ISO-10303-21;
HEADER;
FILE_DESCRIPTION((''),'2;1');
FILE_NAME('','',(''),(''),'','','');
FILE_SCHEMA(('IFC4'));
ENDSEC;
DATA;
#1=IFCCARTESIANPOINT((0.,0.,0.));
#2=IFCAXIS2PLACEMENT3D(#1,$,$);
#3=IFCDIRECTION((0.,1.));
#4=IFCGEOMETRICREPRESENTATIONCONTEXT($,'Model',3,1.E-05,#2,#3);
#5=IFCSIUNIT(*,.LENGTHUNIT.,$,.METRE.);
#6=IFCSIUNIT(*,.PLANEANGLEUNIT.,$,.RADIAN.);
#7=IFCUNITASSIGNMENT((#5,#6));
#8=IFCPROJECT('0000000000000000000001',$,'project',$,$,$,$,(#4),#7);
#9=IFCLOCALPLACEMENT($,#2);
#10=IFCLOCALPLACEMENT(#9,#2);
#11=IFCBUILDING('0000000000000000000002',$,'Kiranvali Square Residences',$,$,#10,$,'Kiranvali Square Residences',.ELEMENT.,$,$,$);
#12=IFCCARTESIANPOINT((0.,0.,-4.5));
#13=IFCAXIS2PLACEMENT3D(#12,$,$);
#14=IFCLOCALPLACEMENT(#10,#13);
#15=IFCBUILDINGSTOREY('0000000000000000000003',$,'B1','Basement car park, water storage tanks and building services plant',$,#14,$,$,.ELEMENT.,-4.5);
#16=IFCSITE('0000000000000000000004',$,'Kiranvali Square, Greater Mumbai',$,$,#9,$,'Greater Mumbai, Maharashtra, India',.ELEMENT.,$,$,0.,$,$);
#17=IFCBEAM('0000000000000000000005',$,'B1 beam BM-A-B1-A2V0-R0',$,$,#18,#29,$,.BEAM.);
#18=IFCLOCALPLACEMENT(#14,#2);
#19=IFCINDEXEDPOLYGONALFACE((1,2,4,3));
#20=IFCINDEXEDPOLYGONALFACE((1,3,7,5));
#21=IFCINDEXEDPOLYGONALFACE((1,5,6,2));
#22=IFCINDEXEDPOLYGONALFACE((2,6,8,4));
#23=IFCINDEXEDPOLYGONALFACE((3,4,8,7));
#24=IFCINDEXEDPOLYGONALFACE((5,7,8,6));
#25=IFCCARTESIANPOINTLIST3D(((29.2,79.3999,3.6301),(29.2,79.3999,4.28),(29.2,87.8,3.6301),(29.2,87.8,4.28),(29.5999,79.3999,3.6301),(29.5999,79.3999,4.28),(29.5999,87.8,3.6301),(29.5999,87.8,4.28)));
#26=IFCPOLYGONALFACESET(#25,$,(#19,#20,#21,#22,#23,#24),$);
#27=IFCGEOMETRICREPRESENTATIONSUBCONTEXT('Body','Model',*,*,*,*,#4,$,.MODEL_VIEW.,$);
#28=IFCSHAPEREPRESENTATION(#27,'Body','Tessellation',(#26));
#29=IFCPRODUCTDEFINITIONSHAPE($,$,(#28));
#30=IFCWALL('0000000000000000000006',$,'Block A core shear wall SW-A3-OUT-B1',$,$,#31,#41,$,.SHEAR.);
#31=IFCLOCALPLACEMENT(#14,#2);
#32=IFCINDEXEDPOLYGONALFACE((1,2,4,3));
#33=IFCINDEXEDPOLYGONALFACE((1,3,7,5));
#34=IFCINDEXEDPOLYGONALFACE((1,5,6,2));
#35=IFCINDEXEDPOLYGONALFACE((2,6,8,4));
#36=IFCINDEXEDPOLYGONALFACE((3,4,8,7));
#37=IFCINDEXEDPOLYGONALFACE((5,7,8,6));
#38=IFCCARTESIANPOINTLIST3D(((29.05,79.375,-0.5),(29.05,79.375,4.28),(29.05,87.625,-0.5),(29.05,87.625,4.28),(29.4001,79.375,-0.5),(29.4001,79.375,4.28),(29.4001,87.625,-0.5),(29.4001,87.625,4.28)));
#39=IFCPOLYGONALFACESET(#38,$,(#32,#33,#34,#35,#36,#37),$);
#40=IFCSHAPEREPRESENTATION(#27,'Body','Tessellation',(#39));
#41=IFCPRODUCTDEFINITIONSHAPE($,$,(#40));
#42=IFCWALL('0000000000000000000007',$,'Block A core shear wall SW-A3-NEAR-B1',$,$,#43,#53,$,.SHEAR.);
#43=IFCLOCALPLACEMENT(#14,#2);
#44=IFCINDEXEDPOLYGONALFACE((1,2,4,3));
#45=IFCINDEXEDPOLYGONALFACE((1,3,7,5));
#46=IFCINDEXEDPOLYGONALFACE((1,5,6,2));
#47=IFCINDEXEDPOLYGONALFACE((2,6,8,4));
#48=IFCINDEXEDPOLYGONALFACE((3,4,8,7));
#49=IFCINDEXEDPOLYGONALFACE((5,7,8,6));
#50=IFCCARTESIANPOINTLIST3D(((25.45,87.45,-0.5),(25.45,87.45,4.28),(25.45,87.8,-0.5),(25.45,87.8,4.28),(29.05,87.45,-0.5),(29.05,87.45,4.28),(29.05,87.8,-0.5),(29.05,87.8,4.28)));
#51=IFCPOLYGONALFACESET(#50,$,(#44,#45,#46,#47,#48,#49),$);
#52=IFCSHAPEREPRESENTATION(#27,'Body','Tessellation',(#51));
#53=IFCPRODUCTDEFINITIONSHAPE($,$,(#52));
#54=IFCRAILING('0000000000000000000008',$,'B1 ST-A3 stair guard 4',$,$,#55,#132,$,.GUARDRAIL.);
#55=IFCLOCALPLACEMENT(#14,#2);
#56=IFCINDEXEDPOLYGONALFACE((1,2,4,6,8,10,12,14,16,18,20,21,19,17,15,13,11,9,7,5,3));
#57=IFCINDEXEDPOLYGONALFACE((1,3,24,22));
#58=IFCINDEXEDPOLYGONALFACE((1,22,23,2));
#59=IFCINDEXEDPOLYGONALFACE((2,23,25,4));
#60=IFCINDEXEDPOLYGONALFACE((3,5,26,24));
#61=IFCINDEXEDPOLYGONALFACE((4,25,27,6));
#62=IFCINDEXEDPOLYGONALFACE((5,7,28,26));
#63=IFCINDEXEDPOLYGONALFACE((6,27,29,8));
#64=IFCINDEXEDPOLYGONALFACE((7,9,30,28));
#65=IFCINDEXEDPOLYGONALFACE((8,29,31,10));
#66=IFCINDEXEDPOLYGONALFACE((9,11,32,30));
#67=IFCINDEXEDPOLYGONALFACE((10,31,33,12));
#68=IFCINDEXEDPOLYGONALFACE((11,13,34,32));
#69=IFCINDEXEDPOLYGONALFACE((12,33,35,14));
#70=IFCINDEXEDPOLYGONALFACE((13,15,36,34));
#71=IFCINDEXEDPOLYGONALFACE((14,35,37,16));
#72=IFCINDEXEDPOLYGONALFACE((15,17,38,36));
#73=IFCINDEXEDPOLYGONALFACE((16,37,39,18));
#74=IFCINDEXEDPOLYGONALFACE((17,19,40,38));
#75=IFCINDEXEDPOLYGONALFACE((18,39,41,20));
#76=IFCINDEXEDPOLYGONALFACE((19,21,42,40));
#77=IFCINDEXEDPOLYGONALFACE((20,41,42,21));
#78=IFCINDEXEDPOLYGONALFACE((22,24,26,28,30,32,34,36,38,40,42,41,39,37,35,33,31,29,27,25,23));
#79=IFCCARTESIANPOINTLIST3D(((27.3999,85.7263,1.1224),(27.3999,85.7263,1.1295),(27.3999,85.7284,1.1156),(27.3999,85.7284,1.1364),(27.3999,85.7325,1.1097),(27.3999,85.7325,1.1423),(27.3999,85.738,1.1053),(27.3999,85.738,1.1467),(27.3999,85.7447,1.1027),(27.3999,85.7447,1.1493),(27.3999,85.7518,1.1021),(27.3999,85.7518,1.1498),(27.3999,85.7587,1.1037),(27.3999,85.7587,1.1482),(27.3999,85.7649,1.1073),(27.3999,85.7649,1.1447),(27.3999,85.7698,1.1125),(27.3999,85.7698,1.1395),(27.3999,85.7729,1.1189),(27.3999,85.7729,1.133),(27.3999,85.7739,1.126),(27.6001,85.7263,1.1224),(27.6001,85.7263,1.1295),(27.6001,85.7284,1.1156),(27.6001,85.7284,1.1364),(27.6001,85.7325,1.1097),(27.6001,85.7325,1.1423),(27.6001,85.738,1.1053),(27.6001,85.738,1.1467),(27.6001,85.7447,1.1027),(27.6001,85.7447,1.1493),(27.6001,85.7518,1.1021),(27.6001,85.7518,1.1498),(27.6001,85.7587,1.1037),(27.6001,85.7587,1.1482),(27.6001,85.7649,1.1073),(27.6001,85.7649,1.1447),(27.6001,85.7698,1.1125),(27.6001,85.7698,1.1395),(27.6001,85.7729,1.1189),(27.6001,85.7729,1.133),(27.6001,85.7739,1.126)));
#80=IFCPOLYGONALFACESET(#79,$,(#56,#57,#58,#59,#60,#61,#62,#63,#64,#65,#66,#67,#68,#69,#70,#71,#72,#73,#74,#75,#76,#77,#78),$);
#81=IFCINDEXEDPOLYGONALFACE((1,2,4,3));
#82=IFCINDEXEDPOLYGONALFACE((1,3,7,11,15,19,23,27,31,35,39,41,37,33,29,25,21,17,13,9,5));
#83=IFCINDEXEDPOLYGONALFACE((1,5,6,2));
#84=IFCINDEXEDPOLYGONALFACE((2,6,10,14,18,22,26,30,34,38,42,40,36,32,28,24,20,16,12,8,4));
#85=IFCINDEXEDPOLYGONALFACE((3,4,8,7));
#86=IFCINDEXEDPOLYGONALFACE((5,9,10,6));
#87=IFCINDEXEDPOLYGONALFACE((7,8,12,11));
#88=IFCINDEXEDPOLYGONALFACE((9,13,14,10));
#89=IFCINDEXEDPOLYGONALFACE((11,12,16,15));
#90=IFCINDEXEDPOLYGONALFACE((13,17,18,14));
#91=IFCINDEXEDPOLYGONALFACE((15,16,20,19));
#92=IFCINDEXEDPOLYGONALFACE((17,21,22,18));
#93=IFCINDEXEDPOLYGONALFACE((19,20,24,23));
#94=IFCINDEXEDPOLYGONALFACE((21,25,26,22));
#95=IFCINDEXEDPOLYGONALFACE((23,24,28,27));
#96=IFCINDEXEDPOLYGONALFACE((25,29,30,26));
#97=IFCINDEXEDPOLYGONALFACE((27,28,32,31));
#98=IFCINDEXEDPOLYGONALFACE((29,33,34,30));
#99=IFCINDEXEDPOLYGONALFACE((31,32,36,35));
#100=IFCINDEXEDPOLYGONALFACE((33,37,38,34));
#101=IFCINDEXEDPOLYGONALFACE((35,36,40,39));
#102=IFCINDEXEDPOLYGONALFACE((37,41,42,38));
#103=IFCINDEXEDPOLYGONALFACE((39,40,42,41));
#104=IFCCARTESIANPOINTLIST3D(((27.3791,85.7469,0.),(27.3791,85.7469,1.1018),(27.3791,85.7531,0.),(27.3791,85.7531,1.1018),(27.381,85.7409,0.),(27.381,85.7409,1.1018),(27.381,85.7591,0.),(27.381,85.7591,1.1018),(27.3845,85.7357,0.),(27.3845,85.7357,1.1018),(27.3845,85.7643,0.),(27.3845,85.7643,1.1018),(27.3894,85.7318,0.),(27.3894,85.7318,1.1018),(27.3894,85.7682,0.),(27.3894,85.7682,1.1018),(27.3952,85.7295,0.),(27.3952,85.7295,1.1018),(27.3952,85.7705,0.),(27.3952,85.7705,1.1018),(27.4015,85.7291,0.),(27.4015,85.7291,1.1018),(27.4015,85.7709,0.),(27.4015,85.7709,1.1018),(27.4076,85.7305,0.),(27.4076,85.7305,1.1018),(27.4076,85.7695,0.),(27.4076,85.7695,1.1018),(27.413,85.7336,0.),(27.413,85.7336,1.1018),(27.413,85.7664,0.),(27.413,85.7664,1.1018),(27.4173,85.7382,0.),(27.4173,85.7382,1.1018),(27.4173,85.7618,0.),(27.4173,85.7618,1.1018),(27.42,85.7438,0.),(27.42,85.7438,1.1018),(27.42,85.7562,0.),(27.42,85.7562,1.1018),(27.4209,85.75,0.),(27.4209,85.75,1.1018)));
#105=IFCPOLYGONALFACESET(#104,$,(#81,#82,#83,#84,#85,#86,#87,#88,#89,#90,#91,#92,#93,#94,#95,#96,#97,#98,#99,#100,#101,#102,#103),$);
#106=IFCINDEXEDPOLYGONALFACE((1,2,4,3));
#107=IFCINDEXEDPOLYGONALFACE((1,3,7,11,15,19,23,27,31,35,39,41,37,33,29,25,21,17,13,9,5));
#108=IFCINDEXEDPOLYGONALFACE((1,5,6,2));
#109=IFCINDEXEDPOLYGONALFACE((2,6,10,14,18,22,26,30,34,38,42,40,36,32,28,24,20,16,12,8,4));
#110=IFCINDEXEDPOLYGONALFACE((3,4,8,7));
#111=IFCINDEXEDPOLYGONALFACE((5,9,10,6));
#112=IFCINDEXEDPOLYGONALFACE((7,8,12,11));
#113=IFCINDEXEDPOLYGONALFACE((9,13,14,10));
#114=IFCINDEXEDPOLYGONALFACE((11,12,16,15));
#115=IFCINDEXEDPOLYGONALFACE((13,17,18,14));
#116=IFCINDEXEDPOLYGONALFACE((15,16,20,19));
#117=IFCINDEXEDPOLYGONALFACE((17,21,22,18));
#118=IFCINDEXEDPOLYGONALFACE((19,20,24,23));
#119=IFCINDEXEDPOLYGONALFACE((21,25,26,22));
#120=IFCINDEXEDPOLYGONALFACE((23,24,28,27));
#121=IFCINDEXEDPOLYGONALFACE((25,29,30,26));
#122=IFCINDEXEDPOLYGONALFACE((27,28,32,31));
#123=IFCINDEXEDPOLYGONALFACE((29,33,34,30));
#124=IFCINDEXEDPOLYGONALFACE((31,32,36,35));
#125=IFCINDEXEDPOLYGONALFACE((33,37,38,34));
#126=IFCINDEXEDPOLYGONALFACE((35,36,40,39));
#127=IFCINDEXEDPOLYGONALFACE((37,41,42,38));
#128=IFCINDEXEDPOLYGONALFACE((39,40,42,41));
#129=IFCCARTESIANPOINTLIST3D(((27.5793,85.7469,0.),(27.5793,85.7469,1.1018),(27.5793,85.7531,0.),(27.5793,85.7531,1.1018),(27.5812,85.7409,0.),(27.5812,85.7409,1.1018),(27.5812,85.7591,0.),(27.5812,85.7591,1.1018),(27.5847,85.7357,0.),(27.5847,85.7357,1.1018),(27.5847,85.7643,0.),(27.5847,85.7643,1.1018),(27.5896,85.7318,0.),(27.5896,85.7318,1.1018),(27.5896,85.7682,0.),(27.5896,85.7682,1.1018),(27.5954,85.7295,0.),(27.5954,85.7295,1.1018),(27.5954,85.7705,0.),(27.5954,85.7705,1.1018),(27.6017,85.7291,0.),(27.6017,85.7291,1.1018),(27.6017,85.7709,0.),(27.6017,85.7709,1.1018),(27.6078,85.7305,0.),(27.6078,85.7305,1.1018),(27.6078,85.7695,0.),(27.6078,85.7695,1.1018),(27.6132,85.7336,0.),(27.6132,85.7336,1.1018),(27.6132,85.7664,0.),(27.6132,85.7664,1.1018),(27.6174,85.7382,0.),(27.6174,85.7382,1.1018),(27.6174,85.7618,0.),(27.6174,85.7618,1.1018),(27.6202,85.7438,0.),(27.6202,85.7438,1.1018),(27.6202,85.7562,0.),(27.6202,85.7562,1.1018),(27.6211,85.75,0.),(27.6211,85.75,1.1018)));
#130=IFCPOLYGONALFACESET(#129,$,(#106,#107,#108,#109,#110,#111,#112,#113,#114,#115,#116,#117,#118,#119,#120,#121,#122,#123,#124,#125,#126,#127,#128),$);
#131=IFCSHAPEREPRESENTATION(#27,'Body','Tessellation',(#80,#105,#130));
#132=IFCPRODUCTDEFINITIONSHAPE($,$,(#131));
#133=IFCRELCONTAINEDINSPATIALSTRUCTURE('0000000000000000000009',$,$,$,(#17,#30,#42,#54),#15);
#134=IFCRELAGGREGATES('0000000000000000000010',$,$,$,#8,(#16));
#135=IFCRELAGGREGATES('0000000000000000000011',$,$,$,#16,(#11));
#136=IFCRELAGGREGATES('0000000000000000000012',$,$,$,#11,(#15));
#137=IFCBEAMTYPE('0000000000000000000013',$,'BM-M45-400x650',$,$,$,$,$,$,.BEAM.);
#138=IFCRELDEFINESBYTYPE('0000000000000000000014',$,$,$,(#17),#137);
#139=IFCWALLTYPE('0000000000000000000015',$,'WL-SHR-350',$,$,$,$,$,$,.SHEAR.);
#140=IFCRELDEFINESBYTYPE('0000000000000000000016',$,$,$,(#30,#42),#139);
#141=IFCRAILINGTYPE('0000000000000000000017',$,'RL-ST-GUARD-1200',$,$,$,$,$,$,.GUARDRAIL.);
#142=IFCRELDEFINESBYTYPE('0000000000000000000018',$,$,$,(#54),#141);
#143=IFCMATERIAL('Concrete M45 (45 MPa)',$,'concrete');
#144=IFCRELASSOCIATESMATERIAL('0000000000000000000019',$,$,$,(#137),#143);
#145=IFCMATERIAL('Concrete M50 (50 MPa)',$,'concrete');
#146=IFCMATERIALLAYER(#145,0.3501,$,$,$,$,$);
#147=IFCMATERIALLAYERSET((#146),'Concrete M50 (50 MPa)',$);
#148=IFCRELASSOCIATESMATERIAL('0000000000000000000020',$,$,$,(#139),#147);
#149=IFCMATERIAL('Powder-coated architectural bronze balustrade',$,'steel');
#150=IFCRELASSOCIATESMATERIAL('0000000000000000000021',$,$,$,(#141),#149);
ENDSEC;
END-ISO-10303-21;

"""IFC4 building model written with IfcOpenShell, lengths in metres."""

from ifc_helpers import new_model, si_unit, direction, frame, frame_2d, origin, origin_2d, place, context, subcontext, project, spatial, rectangle, circle, extrude, material, layer, layer_set, material_profile, profile_set, type_object, element, save


model = new_model("IFC4")

# Units and contexts
model_context = context("Model", 3, precision=1e-05, world=origin(), true_north=direction((0.0, 1.0)))
body_context = subcontext(model_context, "Body", "Model", "MODEL_VIEW")
ifc_project = project(units=[si_unit("LENGTHUNIT", "METRE"), si_unit("PLANEANGLEUNIT", "RADIAN")], contexts=[model_context])

# Site, building, storey
site_placement = place(None, origin())
site = spatial("IfcSite", under=ifc_project, at=site_placement, Name="Kiranvali Square, Greater Mumbai", LongName="Greater Mumbai, Maharashtra, India", CompositionType="ELEMENT", RefElevation=0.0)
building_placement = place(site_placement, origin())
building = spatial("IfcBuilding", under=site, at=building_placement, Name="Kiranvali Square Residences", LongName="Kiranvali Square Residences", CompositionType="ELEMENT")
storey_placement = place(building_placement, frame((0.0, 0.0, -4.5)))
storey = spatial("IfcBuildingStorey", under=building, at=storey_placement, Name="B1", Description="Basement car park, water storage tanks and building services plant", CompositionType="ELEMENT", Elevation=-4.5)

# Shared definitions
ifc_material_1 = material(Name="Concrete M45 (45 MPa)", Category="concrete")
ifc_material_2 = material(Name="Concrete M50 (50 MPa)", Category="concrete")

# Beam
ifc_material_profile_1 = material_profile(ifc_material_1, rectangle(XDim=0.3999, YDim=0.6499, at=origin_2d()), Name="RC 400x650")
ifc_profile_set_1 = profile_set([ifc_material_profile_1], Name="Concrete M45 (45 MPa)")
beam_type = type_object("IfcBeamType", Name="BM-M45-400x650", PredefinedType="BEAM", material=ifc_profile_set_1)
beam_1_placement = place(storey_placement, frame((29.3999, 87.8, 3.9551), z_axis=(0.0, -1.0, 0.0), x_axis=(1.0, 0.0, 0.0)))
element("IfcBeam", 1, at=beam_1_placement, inside=storey, type_object=beam_type, Name="B1 beam BM-A-B1-A2V0-R0", PredefinedType="BEAM", context=body_context, shape_type="SweptSolid", body=[
    extrude(rectangle(XDim=0.3999, YDim=0.6499, at=origin_2d()), origin(), (0.0, 0.0, 1.0), 8.4001),
])

# Wall
ifc_layer = layer(ifc_material_2, 0.3501)
ifc_layer_set = layer_set([ifc_layer], Name="Concrete M50 (50 MPa)")
wall_type = type_object("IfcWallType", Name="WL-SHR-350", PredefinedType="SHEAR", material=ifc_layer_set)
wall_1_placement = place(storey_placement, frame((29.2251, 87.625, -0.5), z_axis=(0.0, 0.0, 1.0), x_axis=(0.0, -1.0, 0.0)))
element("IfcWall", 2, at=wall_1_placement, inside=storey, type_object=wall_type, Name="Block A core shear wall SW-A3-OUT-B1", PredefinedType="SHEAR", context=body_context, shape_type="SweptSolid", body=[
    extrude(rectangle(XDim=8.25, YDim=0.3501, at=frame_2d((4.125, 0.0))), origin(), (0.0, 0.0, 1.0), 4.78),
])

# Wall
wall_2_placement = place(storey_placement, frame((29.05, 87.625, -0.5), z_axis=(0.0, 0.0, 1.0), x_axis=(-1.0, 0.0, 0.0)))
element("IfcWall", 3, at=wall_2_placement, inside=storey, type_object=wall_type, Name="Block A core shear wall SW-A3-NEAR-B1", PredefinedType="SHEAR", context=body_context, shape_type="SweptSolid", body=[
    extrude(rectangle(XDim=3.6001, YDim=0.3501, at=frame_2d((1.8, 0.0))), origin(), (0.0, 0.0, 1.0), 4.78),
])

# Railing
ifc_material_3 = material(Name="Powder-coated architectural bronze balustrade", Category="steel")
railing_type = type_object("IfcRailingType", Name="RL-ST-GUARD-1200", PredefinedType="GUARDRAIL", material=ifc_material_3)
railing_placement = place(storey_placement, frame((27.3999, 85.75, 0.0)))
element("IfcRailing", 4, at=railing_placement, inside=storey, type_object=railing_type, Name="B1 ST-A3 stair guard 4", PredefinedType="GUARDRAIL", context=body_context, shape_type="SweptSolid", body=[
    extrude(circle(Radius=0.0239, at=origin_2d()), frame((0.0, 0.0, 1.126), z_axis=(1.0, 0.0, 0.0), x_axis=(0.0, 1.0, 0.0)), (0.0, 0.0, 1.0), 0.2002),
    extrude(circle(Radius=0.021, at=origin_2d()), origin(), (0.0, 0.0, 1.0), 1.1018),
    extrude(circle(Radius=0.021, at=origin_2d()), frame((0.2002, 0.0, 0.0)), (0.0, 0.0, 1.0), 1.1018),
])

save(model, "model.ifc")
